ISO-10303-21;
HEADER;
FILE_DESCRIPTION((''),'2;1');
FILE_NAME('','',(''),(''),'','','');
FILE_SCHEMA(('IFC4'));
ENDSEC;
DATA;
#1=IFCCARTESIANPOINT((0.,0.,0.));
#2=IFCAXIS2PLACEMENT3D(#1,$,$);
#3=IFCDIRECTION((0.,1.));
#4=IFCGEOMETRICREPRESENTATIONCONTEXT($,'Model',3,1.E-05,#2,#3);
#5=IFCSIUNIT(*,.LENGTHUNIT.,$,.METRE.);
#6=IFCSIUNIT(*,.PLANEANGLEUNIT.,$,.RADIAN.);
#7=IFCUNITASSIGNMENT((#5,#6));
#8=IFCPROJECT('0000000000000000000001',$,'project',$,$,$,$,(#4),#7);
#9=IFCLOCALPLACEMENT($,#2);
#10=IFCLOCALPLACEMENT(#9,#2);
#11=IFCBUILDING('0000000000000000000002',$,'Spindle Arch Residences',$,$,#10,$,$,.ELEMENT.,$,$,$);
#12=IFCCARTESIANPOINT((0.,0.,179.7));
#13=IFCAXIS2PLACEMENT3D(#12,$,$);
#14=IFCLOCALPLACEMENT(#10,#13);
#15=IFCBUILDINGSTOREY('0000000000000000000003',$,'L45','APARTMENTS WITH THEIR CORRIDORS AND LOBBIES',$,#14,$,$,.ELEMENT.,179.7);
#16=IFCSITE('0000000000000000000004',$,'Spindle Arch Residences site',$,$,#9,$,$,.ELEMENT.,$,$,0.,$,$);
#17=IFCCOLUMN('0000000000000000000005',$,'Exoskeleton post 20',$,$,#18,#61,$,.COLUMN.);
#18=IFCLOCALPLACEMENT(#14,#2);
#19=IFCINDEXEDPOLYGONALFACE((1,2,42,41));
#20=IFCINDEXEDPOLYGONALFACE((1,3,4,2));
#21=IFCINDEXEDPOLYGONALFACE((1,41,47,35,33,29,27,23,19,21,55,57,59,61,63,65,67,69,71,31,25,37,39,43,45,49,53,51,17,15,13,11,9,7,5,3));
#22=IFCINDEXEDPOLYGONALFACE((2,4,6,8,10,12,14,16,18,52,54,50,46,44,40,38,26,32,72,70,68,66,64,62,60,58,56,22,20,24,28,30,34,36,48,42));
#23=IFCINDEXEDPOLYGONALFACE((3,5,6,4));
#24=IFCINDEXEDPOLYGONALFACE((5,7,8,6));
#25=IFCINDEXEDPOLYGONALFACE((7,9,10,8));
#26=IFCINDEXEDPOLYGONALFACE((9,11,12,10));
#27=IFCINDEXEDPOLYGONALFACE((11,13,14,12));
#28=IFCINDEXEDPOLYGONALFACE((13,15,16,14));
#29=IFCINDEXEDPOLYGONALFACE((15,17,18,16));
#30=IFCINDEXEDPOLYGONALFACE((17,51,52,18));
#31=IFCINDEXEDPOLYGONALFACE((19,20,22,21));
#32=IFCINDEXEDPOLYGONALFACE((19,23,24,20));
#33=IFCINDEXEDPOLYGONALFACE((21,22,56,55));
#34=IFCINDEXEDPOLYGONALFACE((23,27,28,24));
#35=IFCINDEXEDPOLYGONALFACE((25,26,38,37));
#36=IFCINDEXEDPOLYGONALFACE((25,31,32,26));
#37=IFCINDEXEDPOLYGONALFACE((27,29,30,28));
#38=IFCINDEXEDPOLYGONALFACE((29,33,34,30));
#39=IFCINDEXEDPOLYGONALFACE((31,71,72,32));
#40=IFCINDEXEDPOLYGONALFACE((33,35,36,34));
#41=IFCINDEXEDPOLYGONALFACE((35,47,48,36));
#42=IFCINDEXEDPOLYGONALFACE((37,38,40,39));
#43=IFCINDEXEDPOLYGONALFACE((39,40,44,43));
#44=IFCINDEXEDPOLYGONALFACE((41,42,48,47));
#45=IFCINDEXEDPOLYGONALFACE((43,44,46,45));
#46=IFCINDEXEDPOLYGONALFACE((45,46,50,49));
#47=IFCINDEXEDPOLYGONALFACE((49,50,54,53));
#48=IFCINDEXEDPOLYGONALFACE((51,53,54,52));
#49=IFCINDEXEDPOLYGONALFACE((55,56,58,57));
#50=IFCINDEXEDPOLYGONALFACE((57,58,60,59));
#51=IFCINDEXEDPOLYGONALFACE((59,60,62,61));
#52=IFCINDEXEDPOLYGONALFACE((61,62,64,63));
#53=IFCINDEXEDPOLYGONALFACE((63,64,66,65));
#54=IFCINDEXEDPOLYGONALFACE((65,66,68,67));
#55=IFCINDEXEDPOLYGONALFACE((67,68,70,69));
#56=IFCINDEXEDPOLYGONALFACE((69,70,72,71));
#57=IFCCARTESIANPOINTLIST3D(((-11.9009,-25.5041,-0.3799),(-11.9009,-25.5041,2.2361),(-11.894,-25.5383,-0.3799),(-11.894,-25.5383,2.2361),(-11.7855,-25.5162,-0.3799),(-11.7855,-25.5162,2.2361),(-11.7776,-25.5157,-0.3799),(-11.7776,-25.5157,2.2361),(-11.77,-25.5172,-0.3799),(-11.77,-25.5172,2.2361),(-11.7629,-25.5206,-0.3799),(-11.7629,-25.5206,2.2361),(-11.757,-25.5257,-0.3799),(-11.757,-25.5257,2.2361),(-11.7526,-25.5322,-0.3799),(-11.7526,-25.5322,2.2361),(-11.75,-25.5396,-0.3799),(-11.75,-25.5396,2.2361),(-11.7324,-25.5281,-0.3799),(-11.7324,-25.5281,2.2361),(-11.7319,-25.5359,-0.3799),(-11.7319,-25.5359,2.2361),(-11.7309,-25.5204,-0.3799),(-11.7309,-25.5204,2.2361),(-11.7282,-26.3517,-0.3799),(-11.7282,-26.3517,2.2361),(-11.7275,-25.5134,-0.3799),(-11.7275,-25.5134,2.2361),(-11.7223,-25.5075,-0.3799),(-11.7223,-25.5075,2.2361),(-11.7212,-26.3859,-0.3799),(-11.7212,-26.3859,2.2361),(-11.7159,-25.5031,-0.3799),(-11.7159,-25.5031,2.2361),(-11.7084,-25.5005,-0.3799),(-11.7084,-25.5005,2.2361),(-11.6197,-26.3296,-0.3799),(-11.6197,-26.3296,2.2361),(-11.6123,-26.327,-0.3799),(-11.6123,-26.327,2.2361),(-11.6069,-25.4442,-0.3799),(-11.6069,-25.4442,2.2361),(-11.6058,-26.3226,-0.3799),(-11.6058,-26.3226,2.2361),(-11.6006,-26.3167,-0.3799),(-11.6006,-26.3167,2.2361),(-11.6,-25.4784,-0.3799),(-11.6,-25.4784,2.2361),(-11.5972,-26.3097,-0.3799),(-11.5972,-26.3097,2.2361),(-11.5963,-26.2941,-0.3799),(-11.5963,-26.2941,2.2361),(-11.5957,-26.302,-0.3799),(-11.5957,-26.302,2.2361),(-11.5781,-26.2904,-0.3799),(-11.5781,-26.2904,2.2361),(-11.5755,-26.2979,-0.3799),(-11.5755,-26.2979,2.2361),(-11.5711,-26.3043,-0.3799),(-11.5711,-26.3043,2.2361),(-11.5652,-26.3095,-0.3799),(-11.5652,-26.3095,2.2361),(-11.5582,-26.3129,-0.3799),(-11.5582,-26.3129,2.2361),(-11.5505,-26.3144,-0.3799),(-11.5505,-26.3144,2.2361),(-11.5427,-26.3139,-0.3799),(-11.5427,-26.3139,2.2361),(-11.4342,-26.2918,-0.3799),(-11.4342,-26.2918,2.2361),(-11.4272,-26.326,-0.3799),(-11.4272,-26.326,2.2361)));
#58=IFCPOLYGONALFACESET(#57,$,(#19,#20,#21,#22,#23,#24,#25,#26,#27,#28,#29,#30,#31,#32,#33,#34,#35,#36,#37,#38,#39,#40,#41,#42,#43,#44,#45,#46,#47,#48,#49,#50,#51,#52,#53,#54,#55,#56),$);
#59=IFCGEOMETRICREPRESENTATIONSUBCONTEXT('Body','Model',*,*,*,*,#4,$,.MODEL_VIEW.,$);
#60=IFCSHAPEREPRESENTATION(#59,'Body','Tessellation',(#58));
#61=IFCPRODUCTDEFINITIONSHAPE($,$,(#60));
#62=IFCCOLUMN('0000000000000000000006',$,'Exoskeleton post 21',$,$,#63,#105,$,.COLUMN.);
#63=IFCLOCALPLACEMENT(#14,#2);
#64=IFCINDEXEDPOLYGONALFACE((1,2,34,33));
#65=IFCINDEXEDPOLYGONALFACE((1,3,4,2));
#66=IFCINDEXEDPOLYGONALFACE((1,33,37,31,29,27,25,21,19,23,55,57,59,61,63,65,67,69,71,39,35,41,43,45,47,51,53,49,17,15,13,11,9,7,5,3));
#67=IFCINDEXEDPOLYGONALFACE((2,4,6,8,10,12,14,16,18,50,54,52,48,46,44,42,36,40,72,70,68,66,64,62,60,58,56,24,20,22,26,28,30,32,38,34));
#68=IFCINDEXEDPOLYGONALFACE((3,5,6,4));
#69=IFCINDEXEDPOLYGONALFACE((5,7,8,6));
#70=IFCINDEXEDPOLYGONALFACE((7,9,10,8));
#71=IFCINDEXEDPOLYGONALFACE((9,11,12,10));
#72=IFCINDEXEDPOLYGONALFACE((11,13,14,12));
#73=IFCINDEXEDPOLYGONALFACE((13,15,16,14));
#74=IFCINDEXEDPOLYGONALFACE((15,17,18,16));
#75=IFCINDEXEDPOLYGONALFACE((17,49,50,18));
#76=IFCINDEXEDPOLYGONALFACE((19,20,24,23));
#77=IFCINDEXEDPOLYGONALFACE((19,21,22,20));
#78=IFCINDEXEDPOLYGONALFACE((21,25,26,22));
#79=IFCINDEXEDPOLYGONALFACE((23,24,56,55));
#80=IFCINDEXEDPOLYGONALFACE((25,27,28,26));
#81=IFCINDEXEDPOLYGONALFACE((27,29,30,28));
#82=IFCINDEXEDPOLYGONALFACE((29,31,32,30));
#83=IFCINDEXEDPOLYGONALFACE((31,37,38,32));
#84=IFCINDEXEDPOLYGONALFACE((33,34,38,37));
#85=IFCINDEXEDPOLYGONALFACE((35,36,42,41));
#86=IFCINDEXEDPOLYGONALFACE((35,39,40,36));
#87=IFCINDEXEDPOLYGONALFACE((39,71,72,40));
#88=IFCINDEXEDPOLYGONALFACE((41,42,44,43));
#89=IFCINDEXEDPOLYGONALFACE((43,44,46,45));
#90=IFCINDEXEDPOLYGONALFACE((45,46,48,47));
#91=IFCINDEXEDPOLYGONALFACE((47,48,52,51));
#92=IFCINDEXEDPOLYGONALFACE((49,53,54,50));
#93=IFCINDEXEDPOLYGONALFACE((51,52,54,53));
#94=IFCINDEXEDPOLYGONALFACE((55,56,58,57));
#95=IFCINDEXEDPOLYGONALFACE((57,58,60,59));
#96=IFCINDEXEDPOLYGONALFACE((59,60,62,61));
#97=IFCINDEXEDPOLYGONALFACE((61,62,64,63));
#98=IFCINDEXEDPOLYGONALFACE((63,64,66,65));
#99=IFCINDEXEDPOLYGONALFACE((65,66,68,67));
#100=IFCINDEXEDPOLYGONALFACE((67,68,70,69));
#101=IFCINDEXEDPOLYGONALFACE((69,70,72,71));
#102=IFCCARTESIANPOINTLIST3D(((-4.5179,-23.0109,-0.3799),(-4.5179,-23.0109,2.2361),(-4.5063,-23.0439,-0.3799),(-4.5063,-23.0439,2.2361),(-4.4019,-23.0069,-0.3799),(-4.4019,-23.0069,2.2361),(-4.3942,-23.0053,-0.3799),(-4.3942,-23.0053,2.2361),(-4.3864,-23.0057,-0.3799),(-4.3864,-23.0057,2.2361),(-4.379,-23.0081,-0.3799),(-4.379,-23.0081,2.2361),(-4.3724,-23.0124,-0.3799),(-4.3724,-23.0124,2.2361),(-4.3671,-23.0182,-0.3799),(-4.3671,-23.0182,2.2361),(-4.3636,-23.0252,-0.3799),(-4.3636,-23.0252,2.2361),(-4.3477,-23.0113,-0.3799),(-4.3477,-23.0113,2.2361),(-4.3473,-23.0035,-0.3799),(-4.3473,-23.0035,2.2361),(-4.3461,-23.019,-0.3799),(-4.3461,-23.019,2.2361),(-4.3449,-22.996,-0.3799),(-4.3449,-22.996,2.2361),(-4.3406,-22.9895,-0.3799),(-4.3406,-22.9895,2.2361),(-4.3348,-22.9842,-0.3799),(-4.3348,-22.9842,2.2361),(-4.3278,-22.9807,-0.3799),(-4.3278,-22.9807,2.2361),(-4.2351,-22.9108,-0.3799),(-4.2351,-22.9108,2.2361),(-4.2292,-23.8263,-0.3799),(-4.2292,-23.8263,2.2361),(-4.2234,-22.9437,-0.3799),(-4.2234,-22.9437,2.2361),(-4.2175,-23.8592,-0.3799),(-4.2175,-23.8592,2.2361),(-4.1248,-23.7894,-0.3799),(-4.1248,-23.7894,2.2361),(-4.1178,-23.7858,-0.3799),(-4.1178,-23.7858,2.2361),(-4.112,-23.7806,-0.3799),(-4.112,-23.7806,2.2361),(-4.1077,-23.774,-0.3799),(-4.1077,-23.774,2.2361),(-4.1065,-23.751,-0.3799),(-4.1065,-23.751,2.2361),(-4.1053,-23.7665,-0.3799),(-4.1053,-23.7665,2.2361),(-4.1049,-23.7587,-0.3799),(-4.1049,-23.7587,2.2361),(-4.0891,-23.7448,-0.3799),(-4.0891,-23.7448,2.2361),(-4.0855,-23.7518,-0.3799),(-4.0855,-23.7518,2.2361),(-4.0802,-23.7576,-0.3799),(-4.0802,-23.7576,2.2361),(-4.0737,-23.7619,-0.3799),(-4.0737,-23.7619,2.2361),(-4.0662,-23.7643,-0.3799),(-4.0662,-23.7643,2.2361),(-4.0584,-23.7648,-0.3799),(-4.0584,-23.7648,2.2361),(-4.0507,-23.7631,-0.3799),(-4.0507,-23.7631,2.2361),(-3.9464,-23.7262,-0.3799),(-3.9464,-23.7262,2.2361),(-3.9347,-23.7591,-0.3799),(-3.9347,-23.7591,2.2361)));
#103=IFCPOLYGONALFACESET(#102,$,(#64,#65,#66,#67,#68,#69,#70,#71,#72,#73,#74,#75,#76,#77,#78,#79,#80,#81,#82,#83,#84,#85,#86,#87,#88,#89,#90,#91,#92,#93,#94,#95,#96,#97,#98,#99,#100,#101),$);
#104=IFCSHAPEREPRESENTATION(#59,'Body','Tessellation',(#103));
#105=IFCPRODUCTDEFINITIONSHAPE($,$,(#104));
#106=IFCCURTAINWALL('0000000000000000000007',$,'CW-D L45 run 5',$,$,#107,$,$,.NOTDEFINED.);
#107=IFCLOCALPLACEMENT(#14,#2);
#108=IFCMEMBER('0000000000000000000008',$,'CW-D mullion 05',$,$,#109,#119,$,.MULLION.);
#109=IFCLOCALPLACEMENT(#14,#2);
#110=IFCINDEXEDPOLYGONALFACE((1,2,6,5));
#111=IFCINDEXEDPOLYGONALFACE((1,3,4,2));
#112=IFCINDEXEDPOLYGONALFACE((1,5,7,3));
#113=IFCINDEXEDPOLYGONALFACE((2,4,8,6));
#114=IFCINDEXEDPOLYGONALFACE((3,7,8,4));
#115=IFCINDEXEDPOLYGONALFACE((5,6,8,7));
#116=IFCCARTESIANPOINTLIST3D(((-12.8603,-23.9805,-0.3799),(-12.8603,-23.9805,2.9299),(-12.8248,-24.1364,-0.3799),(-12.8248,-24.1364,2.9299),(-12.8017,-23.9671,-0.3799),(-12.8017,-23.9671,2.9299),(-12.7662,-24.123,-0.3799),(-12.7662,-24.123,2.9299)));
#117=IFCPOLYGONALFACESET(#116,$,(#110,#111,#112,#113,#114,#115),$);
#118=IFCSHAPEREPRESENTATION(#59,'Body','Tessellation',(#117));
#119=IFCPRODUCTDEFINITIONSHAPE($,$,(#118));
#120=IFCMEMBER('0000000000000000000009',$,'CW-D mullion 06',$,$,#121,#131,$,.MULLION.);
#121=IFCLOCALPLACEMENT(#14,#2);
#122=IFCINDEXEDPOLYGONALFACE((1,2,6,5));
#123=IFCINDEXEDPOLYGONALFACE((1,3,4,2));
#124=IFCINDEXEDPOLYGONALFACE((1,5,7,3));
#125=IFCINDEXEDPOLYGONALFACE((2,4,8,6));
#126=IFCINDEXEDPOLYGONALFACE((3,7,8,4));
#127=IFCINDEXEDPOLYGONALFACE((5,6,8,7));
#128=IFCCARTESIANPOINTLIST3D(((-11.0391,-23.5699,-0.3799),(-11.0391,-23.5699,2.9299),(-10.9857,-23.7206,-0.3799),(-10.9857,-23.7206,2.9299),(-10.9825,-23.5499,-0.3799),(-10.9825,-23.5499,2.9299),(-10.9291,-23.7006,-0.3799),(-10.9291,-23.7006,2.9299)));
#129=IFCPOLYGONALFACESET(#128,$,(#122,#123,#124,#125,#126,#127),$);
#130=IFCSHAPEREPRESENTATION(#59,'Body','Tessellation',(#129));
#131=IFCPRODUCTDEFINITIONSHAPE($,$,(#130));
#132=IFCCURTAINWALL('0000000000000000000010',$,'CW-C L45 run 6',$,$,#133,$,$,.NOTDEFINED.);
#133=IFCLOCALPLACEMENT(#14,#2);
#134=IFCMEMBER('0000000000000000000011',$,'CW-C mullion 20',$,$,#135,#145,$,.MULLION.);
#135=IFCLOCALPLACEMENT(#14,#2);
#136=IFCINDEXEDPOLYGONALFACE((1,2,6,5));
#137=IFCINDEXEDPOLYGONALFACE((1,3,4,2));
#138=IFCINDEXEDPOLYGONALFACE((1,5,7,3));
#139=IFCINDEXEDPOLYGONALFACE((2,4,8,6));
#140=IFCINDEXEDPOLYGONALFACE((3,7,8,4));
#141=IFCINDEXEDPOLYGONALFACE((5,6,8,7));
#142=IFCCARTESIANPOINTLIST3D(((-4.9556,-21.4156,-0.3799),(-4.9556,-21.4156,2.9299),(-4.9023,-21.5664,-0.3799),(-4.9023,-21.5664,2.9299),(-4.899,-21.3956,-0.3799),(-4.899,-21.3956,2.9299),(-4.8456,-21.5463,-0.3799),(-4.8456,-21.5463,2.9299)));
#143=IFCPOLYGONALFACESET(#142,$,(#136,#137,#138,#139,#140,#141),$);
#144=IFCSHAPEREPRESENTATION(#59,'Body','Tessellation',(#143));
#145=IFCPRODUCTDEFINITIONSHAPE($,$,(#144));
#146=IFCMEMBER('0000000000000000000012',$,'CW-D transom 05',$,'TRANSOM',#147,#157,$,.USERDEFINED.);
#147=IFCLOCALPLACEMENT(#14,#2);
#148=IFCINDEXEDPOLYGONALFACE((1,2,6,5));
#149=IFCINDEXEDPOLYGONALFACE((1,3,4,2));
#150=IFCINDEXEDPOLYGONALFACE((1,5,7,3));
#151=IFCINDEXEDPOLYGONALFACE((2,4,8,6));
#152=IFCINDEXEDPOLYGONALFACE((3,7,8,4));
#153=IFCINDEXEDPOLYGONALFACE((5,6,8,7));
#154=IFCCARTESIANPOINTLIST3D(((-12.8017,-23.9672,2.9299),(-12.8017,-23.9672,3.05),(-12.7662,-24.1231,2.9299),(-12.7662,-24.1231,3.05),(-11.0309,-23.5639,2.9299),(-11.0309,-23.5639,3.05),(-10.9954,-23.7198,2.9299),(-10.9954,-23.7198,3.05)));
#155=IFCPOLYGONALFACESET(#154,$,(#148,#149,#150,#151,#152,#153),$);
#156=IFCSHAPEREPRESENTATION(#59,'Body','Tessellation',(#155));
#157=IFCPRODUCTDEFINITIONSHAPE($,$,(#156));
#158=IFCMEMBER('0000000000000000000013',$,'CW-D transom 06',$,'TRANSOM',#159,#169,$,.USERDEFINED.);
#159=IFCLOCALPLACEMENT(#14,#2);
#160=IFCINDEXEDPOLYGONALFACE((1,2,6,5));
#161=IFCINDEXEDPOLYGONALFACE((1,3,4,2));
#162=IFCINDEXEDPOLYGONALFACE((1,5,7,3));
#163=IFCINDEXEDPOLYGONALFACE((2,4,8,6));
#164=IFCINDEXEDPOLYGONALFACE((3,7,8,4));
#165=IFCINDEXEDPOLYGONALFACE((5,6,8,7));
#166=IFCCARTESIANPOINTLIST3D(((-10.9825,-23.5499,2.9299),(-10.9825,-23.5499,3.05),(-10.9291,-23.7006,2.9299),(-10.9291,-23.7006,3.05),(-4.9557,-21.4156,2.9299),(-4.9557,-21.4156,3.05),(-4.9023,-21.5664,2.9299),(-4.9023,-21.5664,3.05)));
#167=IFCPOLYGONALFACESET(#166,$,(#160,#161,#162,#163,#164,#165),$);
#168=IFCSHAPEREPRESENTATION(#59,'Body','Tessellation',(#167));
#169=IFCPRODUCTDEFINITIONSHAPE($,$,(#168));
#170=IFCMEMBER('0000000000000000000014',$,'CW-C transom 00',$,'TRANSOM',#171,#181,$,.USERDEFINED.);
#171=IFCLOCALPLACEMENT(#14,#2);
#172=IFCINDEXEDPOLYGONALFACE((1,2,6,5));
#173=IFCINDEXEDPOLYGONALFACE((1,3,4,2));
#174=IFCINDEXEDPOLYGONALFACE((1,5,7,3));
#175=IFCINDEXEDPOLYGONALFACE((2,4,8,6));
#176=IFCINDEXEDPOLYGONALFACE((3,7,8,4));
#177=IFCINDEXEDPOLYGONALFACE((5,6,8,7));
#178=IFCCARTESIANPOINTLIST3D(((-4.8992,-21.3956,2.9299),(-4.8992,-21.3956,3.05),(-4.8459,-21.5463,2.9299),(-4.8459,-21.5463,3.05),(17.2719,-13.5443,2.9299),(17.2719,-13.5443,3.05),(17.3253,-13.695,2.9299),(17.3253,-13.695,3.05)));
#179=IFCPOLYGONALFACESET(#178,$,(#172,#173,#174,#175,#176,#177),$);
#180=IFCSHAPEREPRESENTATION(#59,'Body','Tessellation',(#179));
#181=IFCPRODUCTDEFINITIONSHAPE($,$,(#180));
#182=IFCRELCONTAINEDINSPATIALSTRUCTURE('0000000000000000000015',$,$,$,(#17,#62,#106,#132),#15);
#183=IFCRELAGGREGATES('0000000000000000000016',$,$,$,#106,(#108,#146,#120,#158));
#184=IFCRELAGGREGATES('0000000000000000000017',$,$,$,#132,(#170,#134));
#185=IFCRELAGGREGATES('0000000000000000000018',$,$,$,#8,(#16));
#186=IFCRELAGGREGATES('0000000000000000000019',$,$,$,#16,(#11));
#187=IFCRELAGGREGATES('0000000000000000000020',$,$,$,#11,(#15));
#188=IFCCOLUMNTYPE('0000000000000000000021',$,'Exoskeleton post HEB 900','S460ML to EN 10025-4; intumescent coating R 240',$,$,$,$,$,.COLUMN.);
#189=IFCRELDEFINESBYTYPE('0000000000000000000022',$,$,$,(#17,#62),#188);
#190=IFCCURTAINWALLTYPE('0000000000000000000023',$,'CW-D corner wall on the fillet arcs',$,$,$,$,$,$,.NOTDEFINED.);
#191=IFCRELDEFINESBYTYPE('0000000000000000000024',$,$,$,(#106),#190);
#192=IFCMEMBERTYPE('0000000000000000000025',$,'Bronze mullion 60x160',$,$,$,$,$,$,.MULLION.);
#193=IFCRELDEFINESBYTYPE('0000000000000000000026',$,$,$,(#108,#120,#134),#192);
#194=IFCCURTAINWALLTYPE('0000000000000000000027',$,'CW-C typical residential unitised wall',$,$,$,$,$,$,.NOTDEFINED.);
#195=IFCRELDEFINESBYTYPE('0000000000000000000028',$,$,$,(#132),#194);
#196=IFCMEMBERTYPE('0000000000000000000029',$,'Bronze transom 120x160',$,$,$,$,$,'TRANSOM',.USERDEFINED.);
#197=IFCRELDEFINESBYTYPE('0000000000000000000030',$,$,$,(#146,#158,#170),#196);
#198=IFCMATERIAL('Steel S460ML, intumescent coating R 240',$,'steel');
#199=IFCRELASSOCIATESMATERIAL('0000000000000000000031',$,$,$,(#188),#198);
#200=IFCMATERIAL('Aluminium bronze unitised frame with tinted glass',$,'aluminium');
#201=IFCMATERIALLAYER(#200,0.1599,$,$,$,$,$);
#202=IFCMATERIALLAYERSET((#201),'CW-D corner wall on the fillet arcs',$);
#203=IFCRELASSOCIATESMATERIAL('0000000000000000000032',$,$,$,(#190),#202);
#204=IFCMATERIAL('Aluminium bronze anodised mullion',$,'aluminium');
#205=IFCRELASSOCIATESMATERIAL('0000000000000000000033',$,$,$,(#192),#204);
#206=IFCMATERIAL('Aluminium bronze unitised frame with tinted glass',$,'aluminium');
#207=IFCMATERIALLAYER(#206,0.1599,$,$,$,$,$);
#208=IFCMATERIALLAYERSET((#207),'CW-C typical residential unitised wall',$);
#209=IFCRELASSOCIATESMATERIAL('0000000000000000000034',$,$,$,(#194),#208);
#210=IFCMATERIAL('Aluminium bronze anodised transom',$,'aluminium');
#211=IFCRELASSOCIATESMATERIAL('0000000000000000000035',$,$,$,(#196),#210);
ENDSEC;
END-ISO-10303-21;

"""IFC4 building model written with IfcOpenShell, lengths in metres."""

from ifc_helpers import new_model, si_unit, direction, frame, origin, origin_2d, place, context, subcontext, project, spatial, rectangle, i_section, extrude, material, layer, layer_set, material_profile, profile_set, type_object, element, aggregate, save


model = new_model("IFC4")

# Units and contexts
model_context = context("Model", 3, precision=1e-05, world=origin(), true_north=direction((0.0, 1.0)))
body_context = subcontext(model_context, "Body", "Model", "MODEL_VIEW")
ifc_project = project(units=[si_unit("LENGTHUNIT", "METRE"), si_unit("PLANEANGLEUNIT", "RADIAN")], contexts=[model_context])

# Site, building, storey
site_placement = place(None, origin())
site = spatial("IfcSite", under=ifc_project, at=site_placement, Name="Spindle Arch Residences site", CompositionType="ELEMENT", RefElevation=0.0)
building_placement = place(site_placement, origin())
building = spatial("IfcBuilding", under=site, at=building_placement, Name="Spindle Arch Residences", CompositionType="ELEMENT")
storey_placement = place(building_placement, frame((0.0, 0.0, 179.7)))
storey = spatial("IfcBuildingStorey", under=building, at=storey_placement, Name="L45", Description="APARTMENTS WITH THEIR CORRIDORS AND LOBBIES", CompositionType="ELEMENT", Elevation=179.7)

# Columns
ifc_material_1 = material(Name="Steel S460ML, intumescent coating R 240", Category="steel")
ifc_material_profile_1 = material_profile(ifc_material_1, i_section(OverallWidth=0.3, OverallDepth=0.8999, WebThickness=0.0186, FlangeThickness=0.0349, FilletRadius=0.03, at=origin_2d()), Name="HEB 900")
ifc_profile_set_1 = profile_set([ifc_material_profile_1], Name="Steel S460ML, intumescent coating R 240")
column_type = type_object("IfcColumnType", Name="Exoskeleton post HEB 900", Description="S460ML to EN 10025-4; intumescent coating R 240", PredefinedType="COLUMN", material=ifc_profile_set_1)
for number, where, z_axis, x_axis, name in (
    (1, (-11.6641, -25.915, -0.3799), (0.0, 0.0, 1.0), (-0.979853, -0.199719, 0.0), "Exoskeleton post 20"),
    (2, (-4.2263, -23.385, -0.3799), (0.0, 0.0, 1.0), (-0.942641, -0.333807, 0.0), "Exoskeleton post 21"),
):
    element("IfcColumn", number, at=place(storey_placement, frame(where, z_axis=z_axis, x_axis=x_axis)), inside=storey, type_object=column_type, Name=name, PredefinedType="COLUMN", context=body_context, shape_type="SweptSolid", body=[
        extrude(i_section(OverallWidth=0.3, OverallDepth=0.8999, WebThickness=0.0186, FlangeThickness=0.0349, FilletRadius=0.03, at=origin_2d()), origin(), (0.0, 0.0, 1.0), 2.616),
    ])

# Curtain wall, members
ifc_material_2 = material(Name="Aluminium bronze unitised frame with tinted glass", Category="aluminium")
ifc_layer_1 = layer(ifc_material_2, 0.1599)
ifc_layer_set_1 = layer_set([ifc_layer_1], Name="CW-D corner wall on the fillet arcs")
curtain_wall_type_1 = type_object("IfcCurtainWallType", Name="CW-D corner wall on the fillet arcs", PredefinedType="NOTDEFINED", material=ifc_layer_set_1)
curtain_wall_1_placement = place(storey_placement, origin())
curtain_wall_1 = element("IfcCurtainWall", 3, at=curtain_wall_1_placement, inside=storey, type_object=curtain_wall_type_1, Name="CW-D L45 run 5", PredefinedType="NOTDEFINED")
ifc_material_3 = material(Name="Aluminium bronze anodised mullion", Category="aluminium")
ifc_material_profile_2 = material_profile(ifc_material_3, rectangle(XDim=0.1599, YDim=0.0601, at=origin_2d()), Name="MU 60x160")
ifc_profile_set_2 = profile_set([ifc_material_profile_2], Name="Aluminium bronze anodised mullion")
member_type_1 = type_object("IfcMemberType", Name="Bronze mullion 60x160", PredefinedType="MULLION", material=ifc_profile_set_2)
member_1_placement = place(storey_placement, frame((-12.8132, -24.0518, -0.3799), z_axis=(0.0, 0.0, 1.0), x_axis=(-0.222116, 0.97502, 0.0)))
member_1 = element("IfcMember", 4, at=member_1_placement, type_object=member_type_1, Name="CW-D mullion 05", PredefinedType="MULLION", context=body_context, shape_type="SweptSolid", body=[
    extrude(rectangle(XDim=0.1599, YDim=0.0601, at=origin_2d()), origin(), (0.0, 0.0, 1.0), 3.3098),
])
member_2_placement = place(storey_placement, frame((-10.9841, -23.6353, -0.3799), z_axis=(0.0, 0.0, 1.0), x_axis=(-0.333807, 0.942641, 0.0)))
member_2 = element("IfcMember", 5, at=member_2_placement, type_object=member_type_1, Name="CW-D mullion 06", PredefinedType="MULLION", context=body_context, shape_type="SweptSolid", body=[
    extrude(rectangle(XDim=0.1599, YDim=0.0601, at=origin_2d()), origin(), (0.0, 0.0, 1.0), 3.3098),
])

# Curtain wall, member
ifc_material_4 = material(Name="Aluminium bronze unitised frame with tinted glass", Category="aluminium")
ifc_layer_2 = layer(ifc_material_4, 0.1599)
ifc_layer_set_2 = layer_set([ifc_layer_2], Name="CW-C typical residential unitised wall")
curtain_wall_type_2 = type_object("IfcCurtainWallType", Name="CW-C typical residential unitised wall", PredefinedType="NOTDEFINED", material=ifc_layer_set_2)
curtain_wall_2_placement = place(storey_placement, origin())
curtain_wall_2 = element("IfcCurtainWall", 6, at=curtain_wall_2_placement, inside=storey, type_object=curtain_wall_type_2, Name="CW-C L45 run 6", PredefinedType="NOTDEFINED")
member_3_placement = place(storey_placement, frame((-4.9006, -21.481, -0.3799), z_axis=(0.0, 0.0, 1.0), x_axis=(-0.333807, 0.942641, 0.0)))
member_3 = element("IfcMember", 7, at=member_3_placement, type_object=member_type_1, Name="CW-C mullion 20", PredefinedType="MULLION", context=body_context, shape_type="SweptSolid", body=[
    extrude(rectangle(XDim=0.1599, YDim=0.0601, at=origin_2d()), origin(), (0.0, 0.0, 1.0), 3.3098),
])

# Members
ifc_material_5 = material(Name="Aluminium bronze anodised transom", Category="aluminium")
ifc_material_profile_3 = material_profile(ifc_material_5, rectangle(XDim=0.1599, YDim=0.1201, at=origin_2d()), Name="TR 120x160")
ifc_profile_set_3 = profile_set([ifc_material_profile_3], Name="Aluminium bronze anodised transom")
member_type_2 = type_object("IfcMemberType", Name="Bronze transom 120x160", ElementType="TRANSOM", PredefinedType="USERDEFINED", material=ifc_profile_set_3)
member_4_placement = place(storey_placement, frame((-12.7839, -24.0452, 2.99), z_axis=(0.975028, 0.22208, 0.0), x_axis=(-0.22208, 0.975028, 0.0)))
member_4 = element("IfcMember", 8, at=member_4_placement, type_object=member_type_2, Name="CW-D transom 05", ObjectType="TRANSOM", PredefinedType="USERDEFINED", context=body_context, shape_type="SweptSolid", body=[
    extrude(rectangle(XDim=0.1599, YDim=0.1201, at=origin_2d()), origin(), (0.0, 0.0, 1.0), 1.8162),
])
member_5_placement = place(storey_placement, frame((-10.9558, -23.6252, 2.99), z_axis=(0.942639, 0.333815, 0.0), x_axis=(-0.333815, 0.942639, 0.0)))
member_5 = element("IfcMember", 9, at=member_5_placement, type_object=member_type_2, Name="CW-D transom 06", ObjectType="TRANSOM", PredefinedType="USERDEFINED", context=body_context, shape_type="SweptSolid", body=[
    extrude(rectangle(XDim=0.1599, YDim=0.1201, at=origin_2d()), origin(), (0.0, 0.0, 1.0), 6.3936),
])
member_6_placement = place(storey_placement, frame((-4.8726, -21.4709, 2.99), z_axis=(0.94264, 0.333811, 0.0), x_axis=(-0.333811, 0.94264, 0.0)))
member_6 = element("IfcMember", 10, at=member_6_placement, type_object=member_type_2, Name="CW-C transom 00", ObjectType="TRANSOM", PredefinedType="USERDEFINED", context=body_context, shape_type="SweptSolid", body=[
    extrude(rectangle(XDim=0.1599, YDim=0.1201, at=origin_2d()), origin(), (0.0, 0.0, 1.0), 23.5203),
])

aggregate(curtain_wall_1, [member_1, member_4, member_2, member_5])
aggregate(curtain_wall_2, [member_6, member_3])

save(model, "model.ifc")
